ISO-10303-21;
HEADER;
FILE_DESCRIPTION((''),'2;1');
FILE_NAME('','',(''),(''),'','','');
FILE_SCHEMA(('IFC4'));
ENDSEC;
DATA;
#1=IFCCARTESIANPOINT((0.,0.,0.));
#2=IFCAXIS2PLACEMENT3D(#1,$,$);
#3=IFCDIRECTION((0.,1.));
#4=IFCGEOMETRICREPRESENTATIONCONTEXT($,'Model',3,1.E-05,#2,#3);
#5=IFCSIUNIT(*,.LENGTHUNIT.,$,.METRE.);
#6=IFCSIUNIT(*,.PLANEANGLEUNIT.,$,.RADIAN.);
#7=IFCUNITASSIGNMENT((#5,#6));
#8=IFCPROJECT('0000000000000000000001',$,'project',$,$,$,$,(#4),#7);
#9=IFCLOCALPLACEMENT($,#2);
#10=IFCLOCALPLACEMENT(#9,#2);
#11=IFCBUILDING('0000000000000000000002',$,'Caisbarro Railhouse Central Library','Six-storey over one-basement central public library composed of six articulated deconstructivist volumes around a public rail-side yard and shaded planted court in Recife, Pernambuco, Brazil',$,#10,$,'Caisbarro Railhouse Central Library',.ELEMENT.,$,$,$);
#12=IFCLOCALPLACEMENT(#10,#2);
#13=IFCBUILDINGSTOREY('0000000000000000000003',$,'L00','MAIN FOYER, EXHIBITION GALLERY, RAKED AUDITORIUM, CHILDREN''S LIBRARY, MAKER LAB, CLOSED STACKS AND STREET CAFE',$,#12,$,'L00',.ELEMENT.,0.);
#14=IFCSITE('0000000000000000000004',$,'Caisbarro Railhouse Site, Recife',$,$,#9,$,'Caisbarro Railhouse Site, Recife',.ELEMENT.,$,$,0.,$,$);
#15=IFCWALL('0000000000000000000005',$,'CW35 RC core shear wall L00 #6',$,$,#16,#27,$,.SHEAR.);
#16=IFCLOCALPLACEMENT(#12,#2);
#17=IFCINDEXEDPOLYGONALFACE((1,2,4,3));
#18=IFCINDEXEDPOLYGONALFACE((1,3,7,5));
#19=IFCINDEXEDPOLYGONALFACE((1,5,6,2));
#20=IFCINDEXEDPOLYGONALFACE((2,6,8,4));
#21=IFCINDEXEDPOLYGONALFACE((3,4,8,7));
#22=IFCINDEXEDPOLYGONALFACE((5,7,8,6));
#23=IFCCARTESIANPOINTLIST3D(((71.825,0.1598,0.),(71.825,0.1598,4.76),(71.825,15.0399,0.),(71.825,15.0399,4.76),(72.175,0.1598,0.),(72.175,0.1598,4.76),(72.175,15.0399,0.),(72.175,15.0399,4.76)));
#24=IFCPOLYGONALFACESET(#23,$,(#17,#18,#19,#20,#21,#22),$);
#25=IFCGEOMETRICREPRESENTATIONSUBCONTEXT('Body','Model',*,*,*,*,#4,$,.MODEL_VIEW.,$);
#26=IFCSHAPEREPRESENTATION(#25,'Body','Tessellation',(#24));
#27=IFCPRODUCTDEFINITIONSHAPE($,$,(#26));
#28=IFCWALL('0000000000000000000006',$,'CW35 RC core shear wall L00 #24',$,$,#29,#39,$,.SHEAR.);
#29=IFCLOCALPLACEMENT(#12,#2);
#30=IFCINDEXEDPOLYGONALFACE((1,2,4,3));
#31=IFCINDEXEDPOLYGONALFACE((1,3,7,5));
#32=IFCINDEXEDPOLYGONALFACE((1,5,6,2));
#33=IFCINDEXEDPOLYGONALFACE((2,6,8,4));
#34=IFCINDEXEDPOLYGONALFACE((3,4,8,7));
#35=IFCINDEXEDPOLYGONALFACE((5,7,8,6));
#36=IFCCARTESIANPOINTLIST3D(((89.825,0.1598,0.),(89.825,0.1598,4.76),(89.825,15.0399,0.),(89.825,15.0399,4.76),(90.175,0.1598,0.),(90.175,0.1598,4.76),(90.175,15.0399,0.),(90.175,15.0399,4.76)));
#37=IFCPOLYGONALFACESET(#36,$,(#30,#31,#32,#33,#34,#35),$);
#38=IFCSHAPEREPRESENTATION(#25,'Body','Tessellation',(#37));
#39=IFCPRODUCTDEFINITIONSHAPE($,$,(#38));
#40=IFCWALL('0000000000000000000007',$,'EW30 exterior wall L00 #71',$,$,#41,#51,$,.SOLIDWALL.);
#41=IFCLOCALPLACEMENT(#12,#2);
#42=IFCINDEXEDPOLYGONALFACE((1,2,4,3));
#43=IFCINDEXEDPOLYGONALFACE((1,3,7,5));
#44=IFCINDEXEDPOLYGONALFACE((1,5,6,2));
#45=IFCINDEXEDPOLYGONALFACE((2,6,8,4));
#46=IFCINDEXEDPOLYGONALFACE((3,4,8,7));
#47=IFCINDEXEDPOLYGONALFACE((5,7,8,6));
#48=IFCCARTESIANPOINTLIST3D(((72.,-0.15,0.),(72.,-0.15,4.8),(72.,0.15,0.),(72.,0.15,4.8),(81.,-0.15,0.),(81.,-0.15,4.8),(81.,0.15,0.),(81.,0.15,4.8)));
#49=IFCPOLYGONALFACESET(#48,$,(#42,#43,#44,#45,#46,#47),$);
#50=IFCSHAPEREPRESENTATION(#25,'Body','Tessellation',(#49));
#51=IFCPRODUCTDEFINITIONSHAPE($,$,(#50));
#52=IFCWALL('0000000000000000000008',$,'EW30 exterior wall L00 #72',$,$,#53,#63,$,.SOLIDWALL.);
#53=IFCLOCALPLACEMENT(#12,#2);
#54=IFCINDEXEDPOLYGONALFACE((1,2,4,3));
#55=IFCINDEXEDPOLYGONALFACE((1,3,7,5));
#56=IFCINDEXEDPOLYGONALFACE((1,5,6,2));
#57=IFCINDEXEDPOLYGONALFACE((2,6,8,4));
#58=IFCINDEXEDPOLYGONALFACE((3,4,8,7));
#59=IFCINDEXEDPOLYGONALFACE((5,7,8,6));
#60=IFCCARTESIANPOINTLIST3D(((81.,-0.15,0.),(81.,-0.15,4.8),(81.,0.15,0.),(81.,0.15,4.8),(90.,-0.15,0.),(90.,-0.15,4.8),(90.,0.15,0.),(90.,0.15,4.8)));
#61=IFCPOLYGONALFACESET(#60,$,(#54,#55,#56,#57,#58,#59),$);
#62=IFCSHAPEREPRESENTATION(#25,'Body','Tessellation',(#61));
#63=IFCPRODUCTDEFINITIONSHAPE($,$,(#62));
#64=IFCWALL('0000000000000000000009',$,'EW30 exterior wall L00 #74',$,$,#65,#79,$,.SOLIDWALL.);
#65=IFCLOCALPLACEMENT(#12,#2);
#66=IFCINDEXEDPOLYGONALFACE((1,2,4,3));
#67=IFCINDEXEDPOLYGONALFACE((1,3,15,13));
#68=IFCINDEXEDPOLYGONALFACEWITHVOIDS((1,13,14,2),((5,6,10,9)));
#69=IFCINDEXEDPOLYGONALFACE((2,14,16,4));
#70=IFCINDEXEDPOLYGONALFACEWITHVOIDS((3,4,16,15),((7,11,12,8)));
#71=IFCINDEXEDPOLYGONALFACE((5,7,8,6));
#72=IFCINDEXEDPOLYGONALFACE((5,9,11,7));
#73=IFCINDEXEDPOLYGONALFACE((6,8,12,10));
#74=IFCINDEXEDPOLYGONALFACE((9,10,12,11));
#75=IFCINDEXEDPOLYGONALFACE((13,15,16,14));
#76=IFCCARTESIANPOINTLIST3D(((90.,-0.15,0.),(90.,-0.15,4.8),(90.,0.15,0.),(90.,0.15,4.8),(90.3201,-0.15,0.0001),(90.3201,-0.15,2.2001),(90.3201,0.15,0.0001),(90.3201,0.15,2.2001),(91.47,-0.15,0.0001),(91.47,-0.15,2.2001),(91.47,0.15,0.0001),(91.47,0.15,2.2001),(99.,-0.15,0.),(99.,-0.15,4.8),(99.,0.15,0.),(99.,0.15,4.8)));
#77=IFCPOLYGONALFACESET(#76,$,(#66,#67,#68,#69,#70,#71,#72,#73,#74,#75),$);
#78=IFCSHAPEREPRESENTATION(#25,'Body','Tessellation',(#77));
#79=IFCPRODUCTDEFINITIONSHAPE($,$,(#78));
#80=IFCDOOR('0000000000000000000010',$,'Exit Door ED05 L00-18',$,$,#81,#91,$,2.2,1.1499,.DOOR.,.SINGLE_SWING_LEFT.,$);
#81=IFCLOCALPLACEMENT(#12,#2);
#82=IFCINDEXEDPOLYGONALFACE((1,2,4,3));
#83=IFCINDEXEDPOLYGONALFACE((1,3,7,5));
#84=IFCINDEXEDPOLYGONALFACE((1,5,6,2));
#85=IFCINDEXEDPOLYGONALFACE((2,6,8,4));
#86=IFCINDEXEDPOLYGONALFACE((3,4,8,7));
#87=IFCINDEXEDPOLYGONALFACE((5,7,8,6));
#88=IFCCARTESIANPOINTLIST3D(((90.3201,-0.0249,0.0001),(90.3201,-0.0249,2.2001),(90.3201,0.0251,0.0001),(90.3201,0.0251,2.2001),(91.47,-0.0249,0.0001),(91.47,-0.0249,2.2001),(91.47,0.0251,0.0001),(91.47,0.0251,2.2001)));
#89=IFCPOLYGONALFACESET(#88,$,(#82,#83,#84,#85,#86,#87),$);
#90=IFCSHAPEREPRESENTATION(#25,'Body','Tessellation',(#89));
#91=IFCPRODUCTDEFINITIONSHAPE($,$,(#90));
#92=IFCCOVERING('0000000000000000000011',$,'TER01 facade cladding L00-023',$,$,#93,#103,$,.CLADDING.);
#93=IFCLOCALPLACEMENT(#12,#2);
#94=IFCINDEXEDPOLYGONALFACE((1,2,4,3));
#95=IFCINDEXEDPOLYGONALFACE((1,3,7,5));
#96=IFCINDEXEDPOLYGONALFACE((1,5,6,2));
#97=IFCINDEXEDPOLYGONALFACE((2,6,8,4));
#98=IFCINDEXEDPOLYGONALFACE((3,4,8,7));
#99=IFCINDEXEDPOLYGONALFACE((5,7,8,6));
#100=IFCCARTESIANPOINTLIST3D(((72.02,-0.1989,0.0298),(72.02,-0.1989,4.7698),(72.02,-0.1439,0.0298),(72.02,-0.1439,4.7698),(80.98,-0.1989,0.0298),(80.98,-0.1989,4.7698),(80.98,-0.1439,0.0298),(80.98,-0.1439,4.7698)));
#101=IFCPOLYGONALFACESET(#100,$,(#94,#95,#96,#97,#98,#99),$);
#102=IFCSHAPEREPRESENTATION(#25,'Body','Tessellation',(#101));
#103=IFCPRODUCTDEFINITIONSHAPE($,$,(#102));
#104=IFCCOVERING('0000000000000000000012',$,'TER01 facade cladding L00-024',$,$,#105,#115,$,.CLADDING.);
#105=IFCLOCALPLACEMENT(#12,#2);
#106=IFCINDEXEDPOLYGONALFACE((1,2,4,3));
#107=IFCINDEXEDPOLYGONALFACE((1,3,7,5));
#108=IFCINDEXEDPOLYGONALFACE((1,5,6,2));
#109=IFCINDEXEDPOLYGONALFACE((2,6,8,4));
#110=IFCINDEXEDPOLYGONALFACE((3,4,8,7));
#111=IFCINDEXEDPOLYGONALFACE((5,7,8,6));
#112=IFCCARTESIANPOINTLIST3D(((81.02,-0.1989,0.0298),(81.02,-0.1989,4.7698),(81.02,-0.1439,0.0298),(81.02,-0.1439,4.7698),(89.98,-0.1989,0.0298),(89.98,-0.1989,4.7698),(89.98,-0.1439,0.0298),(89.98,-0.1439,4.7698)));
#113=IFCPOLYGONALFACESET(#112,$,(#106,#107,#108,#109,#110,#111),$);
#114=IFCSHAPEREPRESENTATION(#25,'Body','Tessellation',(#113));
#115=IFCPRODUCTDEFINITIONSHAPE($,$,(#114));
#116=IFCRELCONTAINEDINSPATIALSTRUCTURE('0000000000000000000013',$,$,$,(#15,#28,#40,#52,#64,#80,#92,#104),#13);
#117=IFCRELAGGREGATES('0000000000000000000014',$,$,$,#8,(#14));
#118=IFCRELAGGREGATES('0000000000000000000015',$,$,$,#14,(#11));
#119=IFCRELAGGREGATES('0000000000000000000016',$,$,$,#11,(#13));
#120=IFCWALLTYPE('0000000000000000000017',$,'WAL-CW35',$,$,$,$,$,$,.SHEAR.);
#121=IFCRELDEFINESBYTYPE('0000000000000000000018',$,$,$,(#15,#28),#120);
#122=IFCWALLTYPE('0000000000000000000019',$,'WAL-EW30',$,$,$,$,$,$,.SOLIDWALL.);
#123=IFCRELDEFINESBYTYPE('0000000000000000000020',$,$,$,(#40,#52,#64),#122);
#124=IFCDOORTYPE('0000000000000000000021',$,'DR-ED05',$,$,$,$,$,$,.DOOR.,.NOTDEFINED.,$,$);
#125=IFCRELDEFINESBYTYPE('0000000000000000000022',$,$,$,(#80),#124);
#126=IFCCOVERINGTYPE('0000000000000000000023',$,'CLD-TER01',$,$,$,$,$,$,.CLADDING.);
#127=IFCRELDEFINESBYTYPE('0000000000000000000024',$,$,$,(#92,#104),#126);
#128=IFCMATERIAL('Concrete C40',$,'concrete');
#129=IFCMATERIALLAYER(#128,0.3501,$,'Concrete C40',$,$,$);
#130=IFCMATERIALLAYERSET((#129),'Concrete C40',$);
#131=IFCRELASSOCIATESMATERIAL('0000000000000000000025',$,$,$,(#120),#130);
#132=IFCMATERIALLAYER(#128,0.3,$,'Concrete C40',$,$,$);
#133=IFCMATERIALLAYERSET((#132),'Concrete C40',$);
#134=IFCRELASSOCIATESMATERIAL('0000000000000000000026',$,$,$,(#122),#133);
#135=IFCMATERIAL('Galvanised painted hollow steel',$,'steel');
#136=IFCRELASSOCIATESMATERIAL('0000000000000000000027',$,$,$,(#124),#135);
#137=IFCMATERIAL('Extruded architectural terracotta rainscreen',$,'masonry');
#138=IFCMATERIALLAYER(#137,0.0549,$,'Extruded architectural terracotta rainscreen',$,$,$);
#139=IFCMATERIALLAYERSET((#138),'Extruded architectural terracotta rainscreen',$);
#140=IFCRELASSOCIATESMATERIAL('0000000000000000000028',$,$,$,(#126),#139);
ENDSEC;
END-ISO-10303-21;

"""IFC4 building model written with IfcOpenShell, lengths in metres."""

from ifc_helpers import new_model, si_unit, direction, frame, frame_2d, origin, origin_2d, place, context, subcontext, project, spatial, rectangle, extrude, material, layer, layer_set, type_object, element, fill, save


model = new_model("IFC4")

# Units and contexts
model_context = context("Model", 3, precision=1e-05, world=origin(), true_north=direction((0.0, 1.0)))
body_context = subcontext(model_context, "Body", "Model", "MODEL_VIEW")
ifc_project = project(units=[si_unit("LENGTHUNIT", "METRE"), si_unit("PLANEANGLEUNIT", "RADIAN")], contexts=[model_context])

# Site, building, storey
site_placement = place(None, origin())
site = spatial("IfcSite", under=ifc_project, at=site_placement, Name="Caisbarro Railhouse Site, Recife", LongName="Caisbarro Railhouse Site, Recife", CompositionType="ELEMENT", RefElevation=0.0)
building_placement = place(site_placement, origin())
building = spatial("IfcBuilding", under=site, at=building_placement, Name="Caisbarro Railhouse Central Library", Description="Six-storey over one-basement central public library composed of six articulated deconstructivist volumes around a public rail-side yard and shaded planted court in Recife, Pernambuco, Brazil", LongName="Caisbarro Railhouse Central Library", CompositionType="ELEMENT")
storey_placement = place(building_placement, origin())
storey = spatial("IfcBuildingStorey", under=building, at=storey_placement, Name="L00", Description="MAIN FOYER, EXHIBITION GALLERY, RAKED AUDITORIUM, CHILDREN'S LIBRARY, MAKER LAB, CLOSED STACKS AND STREET CAFE", LongName="L00", CompositionType="ELEMENT", Elevation=0.0)

# Walls
ifc_material_1 = material(Name="Concrete C40", Category="concrete")
ifc_layer_1 = layer(ifc_material_1, 0.3501, Name="Concrete C40")
ifc_layer_set_1 = layer_set([ifc_layer_1], Name="Concrete C40")
wall_type_1 = type_object("IfcWallType", Name="WAL-CW35", PredefinedType="SHEAR", material=ifc_layer_set_1)
for number, where, z_axis, x_axis, name in (
    (1, (72.0, 0.1599, 0.0), (0.0, 0.0, 1.0), (0.0, 1.0, 0.0), "CW35 RC core shear wall L00 #6"),
    (2, (90.0, 0.1599, 0.0), (0.0, 0.0, 1.0), (0.0, 1.0, 0.0), "CW35 RC core shear wall L00 #24"),
):
    element("IfcWall", number, at=place(storey_placement, frame(where, z_axis=z_axis, x_axis=x_axis)), inside=storey, type_object=wall_type_1, Name=name, PredefinedType="SHEAR", context=body_context, shape_type="SweptSolid", body=[
        extrude(rectangle(XDim=14.8801, YDim=0.3501, at=frame_2d((7.4399, 0.0))), origin(), (0.0, 0.0, 1.0), 4.76),
    ])
ifc_layer_2 = layer(ifc_material_1, 0.3, Name="Concrete C40")
ifc_layer_set_2 = layer_set([ifc_layer_2], Name="Concrete C40")
wall_type_2 = type_object("IfcWallType", Name="WAL-EW30", PredefinedType="SOLIDWALL", material=ifc_layer_set_2)
for number, where, z_axis, x_axis, name in (
    (3, (72.0, 0.0, 0.0), (0.0, 0.0, 1.0), (1.0, 0.0, 0.0), "EW30 exterior wall L00 #71"),
    (4, (81.0, 0.0, 0.0), (0.0, 0.0, 1.0), (1.0, 0.0, 0.0), "EW30 exterior wall L00 #72"),
):
    element("IfcWall", number, at=place(storey_placement, frame(where, z_axis=z_axis, x_axis=x_axis)), inside=storey, type_object=wall_type_2, Name=name, PredefinedType="SOLIDWALL", context=body_context, shape_type="SweptSolid", body=[
        extrude(rectangle(XDim=9.0, YDim=0.3, at=frame_2d((4.5, 0.0))), origin(), (0.0, 0.0, 1.0), 4.8),
    ])

# Wall, opening, door
wall_placement = place(storey_placement, frame((90.0, 0.0, 0.0), z_axis=(0.0, 0.0, 1.0), x_axis=(1.0, 0.0, 0.0)))
wall = element("IfcWall", 5, at=wall_placement, inside=storey, type_object=wall_type_2, Name="EW30 exterior wall L00 #74", PredefinedType="SOLIDWALL", context=body_context, shape_type="SweptSolid", body=[
    extrude(rectangle(XDim=9.0, YDim=0.3, at=frame_2d((4.5, 0.0))), origin(), (0.0, 0.0, 1.0), 4.8),
])
opening_placement = place(wall_placement, frame((0.3201, 0.0, 0.0)))
opening = element("IfcOpeningElement", 6, at=opening_placement, cuts=wall, PredefinedType="OPENING", context=body_context, shape_type="SweptSolid", body=[
    extrude(rectangle(XDim=1.1499, YDim=2.2, at=frame_2d((0.575, 1.1001))), frame((0.0, 0.1602, 0.0), z_axis=(0.0, -1.0, 0.0), x_axis=(1.0, 0.0, 0.0)), (0.0, 0.0, 1.0), 0.3201),
])
ifc_material_2 = material(Name="Galvanised painted hollow steel", Category="steel")
door_type = type_object("IfcDoorType", Name="DR-ED05", OperationType="NOTDEFINED", PredefinedType="DOOR", material=ifc_material_2)
door_placement = place(opening_placement, frame((1.1499, 0.0, 0.0), z_axis=(0.0, 0.0, 1.0), x_axis=(-1.0, 0.0, 0.0)))
door = element("IfcDoor", 7, at=door_placement, inside=storey, type_object=door_type, Name="Exit Door ED05 L00-18", OperationType="SINGLE_SWING_LEFT", OverallHeight=2.2, OverallWidth=1.1499, PredefinedType="DOOR", context=body_context, shape_type="SweptSolid", body=[
    extrude(rectangle(XDim=1.1499, YDim=2.2, at=frame_2d((0.575, 1.1001))), frame((0.0, 0.0249, 0.0), z_axis=(0.0, -1.0, 0.0), x_axis=(1.0, 0.0, 0.0)), (0.0, 0.0, 1.0), 0.05),
])
fill(opening, door)

# Coverings
ifc_material_3 = material(Name="Extruded architectural terracotta rainscreen", Category="masonry")
ifc_layer_3 = layer(ifc_material_3, 0.0549, Name="Extruded architectural terracotta rainscreen")
ifc_layer_set_3 = layer_set([ifc_layer_3], Name="Extruded architectural terracotta rainscreen")
covering_type = type_object("IfcCoveringType", Name="CLD-TER01", PredefinedType="CLADDING", material=ifc_layer_set_3)
for number, where, z_axis, x_axis, name in (
    (8, (76.5, -0.1714, 0.0298), (0.0, 0.0, 1.0), (1.0, 0.0, 0.0), "TER01 facade cladding L00-023"),
    (9, (85.5, -0.1714, 0.0298), (0.0, 0.0, 1.0), (1.0, 0.0, 0.0), "TER01 facade cladding L00-024"),
):
    element("IfcCovering", number, at=place(storey_placement, frame(where, z_axis=z_axis, x_axis=x_axis)), inside=storey, type_object=covering_type, Name=name, PredefinedType="CLADDING", context=body_context, shape_type="SweptSolid", body=[
        extrude(rectangle(XDim=8.96, YDim=0.0549, at=origin_2d()), origin(), (0.0, 0.0, 1.0), 4.74),
    ])

save(model, "model.ifc")
